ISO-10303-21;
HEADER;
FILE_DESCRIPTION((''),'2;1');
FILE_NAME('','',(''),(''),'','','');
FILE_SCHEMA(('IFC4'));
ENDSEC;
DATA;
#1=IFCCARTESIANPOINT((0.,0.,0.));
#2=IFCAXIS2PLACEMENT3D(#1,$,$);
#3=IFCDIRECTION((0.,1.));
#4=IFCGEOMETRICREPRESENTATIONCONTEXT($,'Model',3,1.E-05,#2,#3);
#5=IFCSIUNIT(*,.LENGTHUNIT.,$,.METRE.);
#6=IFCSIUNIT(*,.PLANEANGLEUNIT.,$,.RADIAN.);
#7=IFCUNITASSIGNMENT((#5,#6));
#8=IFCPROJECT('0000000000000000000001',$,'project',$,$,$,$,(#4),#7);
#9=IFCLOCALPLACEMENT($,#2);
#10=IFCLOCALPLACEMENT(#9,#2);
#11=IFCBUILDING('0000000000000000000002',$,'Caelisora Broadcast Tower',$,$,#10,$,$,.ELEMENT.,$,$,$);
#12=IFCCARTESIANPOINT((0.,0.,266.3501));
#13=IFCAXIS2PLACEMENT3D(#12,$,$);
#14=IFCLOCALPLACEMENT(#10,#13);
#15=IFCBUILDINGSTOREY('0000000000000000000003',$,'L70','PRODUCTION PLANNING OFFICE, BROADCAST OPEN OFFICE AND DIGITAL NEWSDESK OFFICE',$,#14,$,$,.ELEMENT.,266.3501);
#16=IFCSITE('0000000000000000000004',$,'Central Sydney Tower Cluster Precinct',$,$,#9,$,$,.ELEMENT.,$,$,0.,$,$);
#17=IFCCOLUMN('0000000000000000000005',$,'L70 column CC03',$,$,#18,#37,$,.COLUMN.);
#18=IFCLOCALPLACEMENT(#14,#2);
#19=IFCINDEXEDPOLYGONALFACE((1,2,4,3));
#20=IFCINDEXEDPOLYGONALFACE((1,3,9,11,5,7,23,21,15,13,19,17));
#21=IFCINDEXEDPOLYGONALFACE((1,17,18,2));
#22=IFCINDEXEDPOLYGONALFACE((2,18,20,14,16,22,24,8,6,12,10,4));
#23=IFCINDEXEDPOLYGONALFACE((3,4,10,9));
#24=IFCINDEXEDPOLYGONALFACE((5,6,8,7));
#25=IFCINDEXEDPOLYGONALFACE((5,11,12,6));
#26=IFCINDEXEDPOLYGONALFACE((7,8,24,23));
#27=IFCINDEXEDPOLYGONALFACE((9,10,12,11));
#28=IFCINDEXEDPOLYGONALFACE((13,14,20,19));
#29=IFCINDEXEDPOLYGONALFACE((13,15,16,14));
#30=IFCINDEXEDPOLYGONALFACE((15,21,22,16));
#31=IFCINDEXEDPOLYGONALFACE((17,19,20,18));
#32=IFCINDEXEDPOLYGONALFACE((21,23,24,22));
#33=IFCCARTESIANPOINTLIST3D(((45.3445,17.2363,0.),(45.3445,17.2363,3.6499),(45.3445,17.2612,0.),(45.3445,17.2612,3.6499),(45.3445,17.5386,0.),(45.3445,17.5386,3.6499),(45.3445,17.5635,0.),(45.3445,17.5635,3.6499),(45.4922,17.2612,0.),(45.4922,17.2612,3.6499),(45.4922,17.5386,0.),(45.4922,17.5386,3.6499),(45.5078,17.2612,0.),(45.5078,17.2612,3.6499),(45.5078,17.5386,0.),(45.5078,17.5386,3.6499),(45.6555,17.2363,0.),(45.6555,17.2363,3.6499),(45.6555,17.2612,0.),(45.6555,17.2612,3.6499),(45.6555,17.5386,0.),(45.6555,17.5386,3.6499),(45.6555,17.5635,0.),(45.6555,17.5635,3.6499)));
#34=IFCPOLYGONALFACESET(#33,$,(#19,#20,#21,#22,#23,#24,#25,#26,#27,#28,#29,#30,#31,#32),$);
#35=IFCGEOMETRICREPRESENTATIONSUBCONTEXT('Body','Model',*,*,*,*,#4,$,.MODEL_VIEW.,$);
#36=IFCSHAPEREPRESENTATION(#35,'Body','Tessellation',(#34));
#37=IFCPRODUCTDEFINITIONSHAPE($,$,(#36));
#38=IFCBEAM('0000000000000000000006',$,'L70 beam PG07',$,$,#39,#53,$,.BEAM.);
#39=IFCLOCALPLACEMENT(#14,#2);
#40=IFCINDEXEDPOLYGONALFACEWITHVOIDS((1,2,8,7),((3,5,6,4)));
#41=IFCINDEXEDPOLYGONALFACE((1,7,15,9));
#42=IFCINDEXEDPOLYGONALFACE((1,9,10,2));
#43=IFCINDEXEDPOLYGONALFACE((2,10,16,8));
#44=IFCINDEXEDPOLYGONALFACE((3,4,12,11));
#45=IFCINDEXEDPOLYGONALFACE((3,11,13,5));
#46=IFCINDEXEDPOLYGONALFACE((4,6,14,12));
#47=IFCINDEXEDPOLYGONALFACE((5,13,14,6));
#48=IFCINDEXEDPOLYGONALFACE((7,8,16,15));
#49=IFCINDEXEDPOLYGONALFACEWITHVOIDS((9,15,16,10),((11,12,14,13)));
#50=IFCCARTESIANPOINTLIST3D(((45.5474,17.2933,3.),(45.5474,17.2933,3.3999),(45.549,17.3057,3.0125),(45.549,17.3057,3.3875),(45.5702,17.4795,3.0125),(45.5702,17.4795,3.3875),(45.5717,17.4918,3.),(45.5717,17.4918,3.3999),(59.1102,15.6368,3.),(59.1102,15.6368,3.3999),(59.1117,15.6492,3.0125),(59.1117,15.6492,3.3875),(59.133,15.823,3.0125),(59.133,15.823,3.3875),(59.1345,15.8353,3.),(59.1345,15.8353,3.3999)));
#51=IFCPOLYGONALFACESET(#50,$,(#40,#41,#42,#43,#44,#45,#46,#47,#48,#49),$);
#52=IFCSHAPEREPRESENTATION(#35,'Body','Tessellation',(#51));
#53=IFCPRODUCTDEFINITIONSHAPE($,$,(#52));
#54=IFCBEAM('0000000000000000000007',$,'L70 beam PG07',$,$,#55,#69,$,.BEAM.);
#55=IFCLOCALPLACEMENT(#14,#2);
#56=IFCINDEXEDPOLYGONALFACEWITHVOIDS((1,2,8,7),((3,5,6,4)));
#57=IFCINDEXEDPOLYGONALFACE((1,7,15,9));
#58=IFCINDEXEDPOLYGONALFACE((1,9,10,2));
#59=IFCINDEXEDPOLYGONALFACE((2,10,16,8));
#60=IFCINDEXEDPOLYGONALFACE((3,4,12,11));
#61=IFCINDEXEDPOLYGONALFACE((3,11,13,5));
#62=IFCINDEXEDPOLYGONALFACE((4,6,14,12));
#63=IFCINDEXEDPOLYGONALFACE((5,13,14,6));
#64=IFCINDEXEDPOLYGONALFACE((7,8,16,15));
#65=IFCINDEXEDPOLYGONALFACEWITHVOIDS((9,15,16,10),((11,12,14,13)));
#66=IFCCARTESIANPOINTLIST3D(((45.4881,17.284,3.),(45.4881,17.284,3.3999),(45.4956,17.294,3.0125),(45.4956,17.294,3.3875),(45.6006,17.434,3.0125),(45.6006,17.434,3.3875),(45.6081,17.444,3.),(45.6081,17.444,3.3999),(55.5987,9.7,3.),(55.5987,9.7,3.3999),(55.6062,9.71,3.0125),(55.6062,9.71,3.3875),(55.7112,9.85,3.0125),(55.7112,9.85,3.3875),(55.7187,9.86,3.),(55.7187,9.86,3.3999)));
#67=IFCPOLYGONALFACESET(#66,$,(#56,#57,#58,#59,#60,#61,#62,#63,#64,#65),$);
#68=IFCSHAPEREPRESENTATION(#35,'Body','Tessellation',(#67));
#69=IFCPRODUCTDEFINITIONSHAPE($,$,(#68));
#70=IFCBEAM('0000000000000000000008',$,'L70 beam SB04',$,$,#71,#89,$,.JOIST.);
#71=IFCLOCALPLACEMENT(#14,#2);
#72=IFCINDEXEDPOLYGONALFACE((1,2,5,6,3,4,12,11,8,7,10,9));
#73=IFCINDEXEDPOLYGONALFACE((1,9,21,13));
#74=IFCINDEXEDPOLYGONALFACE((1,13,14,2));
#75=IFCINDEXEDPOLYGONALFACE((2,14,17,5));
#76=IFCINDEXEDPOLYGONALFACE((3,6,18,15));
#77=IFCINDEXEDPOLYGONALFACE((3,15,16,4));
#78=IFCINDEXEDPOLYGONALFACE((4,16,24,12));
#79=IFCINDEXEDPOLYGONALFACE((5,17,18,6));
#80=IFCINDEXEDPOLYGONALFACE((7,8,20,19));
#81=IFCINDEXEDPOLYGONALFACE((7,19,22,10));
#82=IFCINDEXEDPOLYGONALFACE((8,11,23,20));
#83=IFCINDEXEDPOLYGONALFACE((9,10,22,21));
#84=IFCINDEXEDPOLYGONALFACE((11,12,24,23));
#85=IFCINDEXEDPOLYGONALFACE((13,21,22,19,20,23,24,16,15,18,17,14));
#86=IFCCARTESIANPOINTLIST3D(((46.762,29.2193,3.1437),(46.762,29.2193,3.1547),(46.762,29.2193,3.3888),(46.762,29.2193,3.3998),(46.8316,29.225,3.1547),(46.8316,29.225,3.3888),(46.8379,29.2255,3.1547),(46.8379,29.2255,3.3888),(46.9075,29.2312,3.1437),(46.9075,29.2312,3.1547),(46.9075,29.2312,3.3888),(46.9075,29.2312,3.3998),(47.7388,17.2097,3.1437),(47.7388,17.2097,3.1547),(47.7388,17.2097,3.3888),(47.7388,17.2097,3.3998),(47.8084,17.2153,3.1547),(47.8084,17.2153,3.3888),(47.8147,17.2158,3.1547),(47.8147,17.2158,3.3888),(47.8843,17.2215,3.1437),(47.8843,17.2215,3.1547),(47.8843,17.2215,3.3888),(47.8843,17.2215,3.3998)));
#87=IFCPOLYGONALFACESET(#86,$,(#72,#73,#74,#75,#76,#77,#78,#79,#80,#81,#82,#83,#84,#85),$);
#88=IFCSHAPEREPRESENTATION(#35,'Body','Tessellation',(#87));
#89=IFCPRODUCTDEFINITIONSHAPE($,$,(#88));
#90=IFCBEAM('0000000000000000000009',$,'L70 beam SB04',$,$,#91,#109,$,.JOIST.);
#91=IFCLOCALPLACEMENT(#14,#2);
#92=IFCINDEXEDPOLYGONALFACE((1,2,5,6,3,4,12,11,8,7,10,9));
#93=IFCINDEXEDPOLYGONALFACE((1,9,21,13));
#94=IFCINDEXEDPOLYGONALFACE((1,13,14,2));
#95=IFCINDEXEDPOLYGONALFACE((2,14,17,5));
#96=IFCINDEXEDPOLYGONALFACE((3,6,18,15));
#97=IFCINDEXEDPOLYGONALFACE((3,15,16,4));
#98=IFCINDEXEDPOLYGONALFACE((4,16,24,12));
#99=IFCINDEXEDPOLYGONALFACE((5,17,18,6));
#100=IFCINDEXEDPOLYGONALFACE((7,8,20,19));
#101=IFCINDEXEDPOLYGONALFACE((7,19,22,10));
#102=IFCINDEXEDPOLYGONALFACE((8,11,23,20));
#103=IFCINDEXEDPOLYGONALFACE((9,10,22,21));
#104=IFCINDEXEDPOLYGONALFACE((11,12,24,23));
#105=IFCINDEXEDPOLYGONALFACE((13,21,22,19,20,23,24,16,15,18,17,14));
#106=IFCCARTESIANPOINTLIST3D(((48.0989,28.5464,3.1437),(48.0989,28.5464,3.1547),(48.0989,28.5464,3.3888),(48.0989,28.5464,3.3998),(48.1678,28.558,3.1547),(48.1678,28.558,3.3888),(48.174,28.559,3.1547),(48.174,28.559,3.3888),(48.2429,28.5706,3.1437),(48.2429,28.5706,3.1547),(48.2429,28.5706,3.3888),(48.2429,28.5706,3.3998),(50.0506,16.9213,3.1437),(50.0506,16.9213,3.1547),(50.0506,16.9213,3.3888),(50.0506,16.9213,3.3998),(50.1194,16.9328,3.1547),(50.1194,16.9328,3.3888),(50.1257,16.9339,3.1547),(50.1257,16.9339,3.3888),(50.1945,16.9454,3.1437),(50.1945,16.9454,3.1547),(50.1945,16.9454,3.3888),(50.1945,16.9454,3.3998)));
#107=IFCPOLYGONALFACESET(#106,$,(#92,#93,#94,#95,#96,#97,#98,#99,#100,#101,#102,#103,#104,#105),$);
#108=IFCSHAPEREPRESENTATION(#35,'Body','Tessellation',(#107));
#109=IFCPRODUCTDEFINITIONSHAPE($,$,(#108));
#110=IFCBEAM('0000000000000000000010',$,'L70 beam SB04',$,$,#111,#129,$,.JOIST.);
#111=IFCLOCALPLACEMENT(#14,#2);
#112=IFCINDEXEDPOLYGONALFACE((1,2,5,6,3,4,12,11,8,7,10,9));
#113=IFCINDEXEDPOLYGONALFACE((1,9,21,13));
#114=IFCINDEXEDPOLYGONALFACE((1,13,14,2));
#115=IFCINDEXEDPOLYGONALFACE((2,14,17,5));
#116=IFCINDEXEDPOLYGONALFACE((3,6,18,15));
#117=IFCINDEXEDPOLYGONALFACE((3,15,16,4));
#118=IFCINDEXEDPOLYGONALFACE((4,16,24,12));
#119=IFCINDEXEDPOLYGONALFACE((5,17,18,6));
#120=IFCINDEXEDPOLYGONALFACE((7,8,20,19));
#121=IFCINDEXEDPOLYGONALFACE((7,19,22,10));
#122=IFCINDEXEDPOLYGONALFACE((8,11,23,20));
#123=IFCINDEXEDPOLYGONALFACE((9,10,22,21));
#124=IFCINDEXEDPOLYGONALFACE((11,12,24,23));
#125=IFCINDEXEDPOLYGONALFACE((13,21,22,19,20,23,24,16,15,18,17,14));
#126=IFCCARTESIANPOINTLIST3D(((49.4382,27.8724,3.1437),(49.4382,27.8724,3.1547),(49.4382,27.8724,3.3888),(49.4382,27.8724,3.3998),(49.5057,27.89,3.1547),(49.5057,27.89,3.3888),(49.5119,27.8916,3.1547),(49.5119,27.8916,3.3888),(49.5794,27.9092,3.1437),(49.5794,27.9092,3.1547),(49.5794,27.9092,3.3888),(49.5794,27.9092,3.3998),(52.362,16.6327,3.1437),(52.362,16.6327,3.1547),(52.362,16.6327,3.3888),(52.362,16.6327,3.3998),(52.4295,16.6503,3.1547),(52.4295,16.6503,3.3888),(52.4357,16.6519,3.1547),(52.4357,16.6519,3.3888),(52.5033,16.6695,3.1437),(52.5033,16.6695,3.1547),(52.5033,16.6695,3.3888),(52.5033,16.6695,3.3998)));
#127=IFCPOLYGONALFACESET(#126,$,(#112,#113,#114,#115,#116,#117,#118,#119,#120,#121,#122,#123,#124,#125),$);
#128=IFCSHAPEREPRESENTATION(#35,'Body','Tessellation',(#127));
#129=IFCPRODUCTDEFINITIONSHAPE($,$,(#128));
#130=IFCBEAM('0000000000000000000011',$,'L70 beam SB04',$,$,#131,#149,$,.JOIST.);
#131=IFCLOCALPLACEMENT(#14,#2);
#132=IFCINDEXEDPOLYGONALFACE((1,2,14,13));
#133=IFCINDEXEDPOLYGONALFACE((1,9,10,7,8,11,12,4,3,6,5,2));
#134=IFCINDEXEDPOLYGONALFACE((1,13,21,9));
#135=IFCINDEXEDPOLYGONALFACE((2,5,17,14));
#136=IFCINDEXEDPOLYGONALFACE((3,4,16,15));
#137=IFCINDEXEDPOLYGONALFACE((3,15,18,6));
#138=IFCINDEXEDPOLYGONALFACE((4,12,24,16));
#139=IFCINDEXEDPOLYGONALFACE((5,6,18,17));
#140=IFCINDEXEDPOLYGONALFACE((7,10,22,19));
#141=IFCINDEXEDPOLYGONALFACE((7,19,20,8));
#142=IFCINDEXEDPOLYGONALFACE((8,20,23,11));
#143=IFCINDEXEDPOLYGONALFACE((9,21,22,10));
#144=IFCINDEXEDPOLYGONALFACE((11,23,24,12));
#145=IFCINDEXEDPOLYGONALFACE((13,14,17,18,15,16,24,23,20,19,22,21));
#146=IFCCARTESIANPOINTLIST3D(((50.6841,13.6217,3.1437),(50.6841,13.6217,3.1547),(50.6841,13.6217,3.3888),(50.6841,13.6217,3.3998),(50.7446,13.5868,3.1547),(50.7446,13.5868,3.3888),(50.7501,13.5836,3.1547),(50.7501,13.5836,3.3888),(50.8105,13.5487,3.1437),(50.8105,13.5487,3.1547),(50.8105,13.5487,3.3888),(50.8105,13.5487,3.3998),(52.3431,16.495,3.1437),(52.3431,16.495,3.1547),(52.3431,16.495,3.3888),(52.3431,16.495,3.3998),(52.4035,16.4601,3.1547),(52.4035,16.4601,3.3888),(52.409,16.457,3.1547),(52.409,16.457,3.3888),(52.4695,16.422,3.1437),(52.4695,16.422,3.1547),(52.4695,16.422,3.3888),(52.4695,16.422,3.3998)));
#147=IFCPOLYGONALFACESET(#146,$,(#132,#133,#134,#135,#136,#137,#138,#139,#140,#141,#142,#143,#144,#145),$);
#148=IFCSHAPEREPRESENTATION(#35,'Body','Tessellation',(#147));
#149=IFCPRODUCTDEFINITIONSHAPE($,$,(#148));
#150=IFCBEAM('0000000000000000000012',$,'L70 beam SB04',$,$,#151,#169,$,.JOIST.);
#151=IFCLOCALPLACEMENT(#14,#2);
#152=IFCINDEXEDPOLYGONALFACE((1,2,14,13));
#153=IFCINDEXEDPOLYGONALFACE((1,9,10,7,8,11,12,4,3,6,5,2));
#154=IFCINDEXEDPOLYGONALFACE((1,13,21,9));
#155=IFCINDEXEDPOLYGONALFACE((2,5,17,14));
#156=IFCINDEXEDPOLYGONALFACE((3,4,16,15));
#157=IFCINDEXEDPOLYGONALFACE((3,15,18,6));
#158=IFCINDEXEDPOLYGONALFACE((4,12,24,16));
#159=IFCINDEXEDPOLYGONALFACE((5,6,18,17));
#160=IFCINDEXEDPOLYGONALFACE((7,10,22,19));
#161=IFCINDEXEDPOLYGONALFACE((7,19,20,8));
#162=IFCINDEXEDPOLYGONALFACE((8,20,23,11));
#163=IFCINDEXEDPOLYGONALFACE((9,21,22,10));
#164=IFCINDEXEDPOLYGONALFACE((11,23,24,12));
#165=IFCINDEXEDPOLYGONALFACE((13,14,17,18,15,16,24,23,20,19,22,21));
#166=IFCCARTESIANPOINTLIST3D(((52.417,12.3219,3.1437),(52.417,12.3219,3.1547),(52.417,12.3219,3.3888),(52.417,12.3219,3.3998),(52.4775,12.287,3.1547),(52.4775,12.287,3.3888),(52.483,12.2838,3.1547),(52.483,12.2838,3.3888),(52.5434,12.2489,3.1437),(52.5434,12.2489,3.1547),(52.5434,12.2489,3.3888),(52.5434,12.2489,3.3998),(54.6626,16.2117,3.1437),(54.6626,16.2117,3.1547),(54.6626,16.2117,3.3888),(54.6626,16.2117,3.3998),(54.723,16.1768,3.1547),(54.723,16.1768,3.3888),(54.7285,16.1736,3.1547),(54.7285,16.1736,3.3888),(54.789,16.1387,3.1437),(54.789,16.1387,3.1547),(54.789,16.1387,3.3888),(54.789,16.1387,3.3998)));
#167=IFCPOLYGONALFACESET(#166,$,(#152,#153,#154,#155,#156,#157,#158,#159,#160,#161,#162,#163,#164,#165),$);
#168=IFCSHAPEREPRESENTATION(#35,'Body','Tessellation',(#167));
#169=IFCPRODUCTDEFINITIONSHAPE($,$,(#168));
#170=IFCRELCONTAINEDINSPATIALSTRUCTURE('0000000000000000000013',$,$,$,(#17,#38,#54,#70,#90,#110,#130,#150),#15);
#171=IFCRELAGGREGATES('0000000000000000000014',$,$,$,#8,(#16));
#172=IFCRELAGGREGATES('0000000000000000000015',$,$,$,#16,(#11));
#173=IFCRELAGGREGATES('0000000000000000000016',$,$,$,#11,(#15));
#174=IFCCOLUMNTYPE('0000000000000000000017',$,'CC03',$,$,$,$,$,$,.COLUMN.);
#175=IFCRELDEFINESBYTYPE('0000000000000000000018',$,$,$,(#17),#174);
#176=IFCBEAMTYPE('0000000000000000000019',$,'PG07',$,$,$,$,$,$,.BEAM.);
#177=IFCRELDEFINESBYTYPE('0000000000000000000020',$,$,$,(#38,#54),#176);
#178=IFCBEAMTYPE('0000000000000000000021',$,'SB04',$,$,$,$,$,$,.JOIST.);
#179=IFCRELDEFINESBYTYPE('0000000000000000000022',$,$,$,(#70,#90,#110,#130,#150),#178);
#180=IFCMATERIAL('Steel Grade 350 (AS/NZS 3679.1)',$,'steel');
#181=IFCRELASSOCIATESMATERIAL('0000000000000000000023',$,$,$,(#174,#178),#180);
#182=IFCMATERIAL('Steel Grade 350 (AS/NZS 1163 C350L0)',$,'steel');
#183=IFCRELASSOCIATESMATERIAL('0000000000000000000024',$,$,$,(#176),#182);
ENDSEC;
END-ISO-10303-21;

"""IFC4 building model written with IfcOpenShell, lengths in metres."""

from ifc_helpers import new_model, si_unit, direction, frame, origin, origin_2d, place, context, subcontext, project, spatial, hollow_rectangle, i_section, extrude, source, transform, mapped, material, material_profile, profile_set, type_object, type_shapes, element, save


model = new_model("IFC4")

# Units and contexts
model_context = context("Model", 3, precision=1e-05, world=origin(), true_north=direction((0.0, 1.0)))
body_context = subcontext(model_context, "Body", "Model", "MODEL_VIEW")
ifc_project = project(units=[si_unit("LENGTHUNIT", "METRE"), si_unit("PLANEANGLEUNIT", "RADIAN")], contexts=[model_context])

# Site, building, storey
site_placement = place(None, origin())
site = spatial("IfcSite", under=ifc_project, at=site_placement, Name="Central Sydney Tower Cluster Precinct", CompositionType="ELEMENT", RefElevation=0.0)
building_placement = place(site_placement, origin())
building = spatial("IfcBuilding", under=site, at=building_placement, Name="Caelisora Broadcast Tower", CompositionType="ELEMENT")
storey_placement = place(building_placement, frame((0.0, 0.0, 266.3501)))
storey = spatial("IfcBuildingStorey", under=building, at=storey_placement, Name="L70", Description="PRODUCTION PLANNING OFFICE, BROADCAST OPEN OFFICE AND DIGITAL NEWSDESK OFFICE", CompositionType="ELEMENT", Elevation=266.3501)

# Column
ifc_material_1 = material(Name="Steel Grade 350 (AS/NZS 3679.1)", Category="steel")
ifc_material_profile_1 = material_profile(ifc_material_1, i_section(OverallWidth=0.311, OverallDepth=0.3271, WebThickness=0.0156, FlangeThickness=0.0249, at=origin_2d()), Name="Steel Grade 350 (AS/NZS 3679.1)")
ifc_profile_set_1 = profile_set([ifc_material_profile_1], Name="Steel Grade 350 (AS/NZS 3679.1)")
column_type = type_object("IfcColumnType", Name="CC03", PredefinedType="COLUMN", material=ifc_profile_set_1)
shared_shape_1 = source(origin(), body_context, "Body", "SweptSolid", [
    extrude(i_section(OverallWidth=0.311, OverallDepth=0.3271, WebThickness=0.0156, FlangeThickness=0.0249, at=origin_2d()), origin(), (0.0, 0.0, 1.0), 3.6499),
])
type_shapes(column_type, [shared_shape_1])
column_placement = place(storey_placement, frame((45.5, 17.3999, 0.0), z_axis=(0.0, 0.0, 1.0), x_axis=(1.0, 0.0, 0.0)))
element("IfcColumn", 1, at=column_placement, inside=storey, type_object=column_type, Name="L70 column CC03", PredefinedType="COLUMN", context=body_context, shape_type="MappedRepresentation", body=[
    mapped(shared_shape_1, transform((0.0, 0.0, 0.0), scale=1.0)),
])

# Beams
ifc_material_2 = material(Name="Steel Grade 350 (AS/NZS 1163 C350L0)", Category="steel")
ifc_material_profile_2 = material_profile(ifc_material_2, hollow_rectangle(XDim=0.2, YDim=0.3999, WallThickness=0.0125, at=origin_2d()), Name="Steel Grade 350 (AS/NZS 1163 C350L0)")
ifc_profile_set_2 = profile_set([ifc_material_profile_2], Name="Steel Grade 350 (AS/NZS 1163 C350L0)")
beam_type_1 = type_object("IfcBeamType", Name="PG07", PredefinedType="BEAM", material=ifc_profile_set_2)
shared_shape_2 = source(origin(), body_context, "Body", "SweptSolid", [
    extrude(hollow_rectangle(XDim=0.2, YDim=0.3999, WallThickness=0.0125, at=origin_2d()), origin(), (0.0, 0.0, 1.0), 13.6636),
])
beam_1_placement = place(storey_placement, frame((45.5596, 17.3926, 3.2), z_axis=(0.992624, -0.121235, 0.0), x_axis=(0.121235, 0.992624, 0.0)))
element("IfcBeam", 2, at=beam_1_placement, inside=storey, type_object=beam_type_1, Name="L70 beam PG07", PredefinedType="BEAM", context=body_context, shape_type="MappedRepresentation", body=[
    mapped(shared_shape_2, transform((0.0, 0.0, 0.0), scale=1.0)),
])
shared_shape_3 = source(origin(), body_context, "Body", "SweptSolid", [
    extrude(hollow_rectangle(XDim=0.2, YDim=0.3999, WallThickness=0.0125, at=origin_2d()), origin(), (0.0, 0.0, 1.0), 12.6389),
])
type_shapes(beam_type_1, [shared_shape_2, shared_shape_3])
beam_2_placement = place(storey_placement, frame((45.5481, 17.364, 3.2), z_axis=(0.799961, -0.600053, 0.0), x_axis=(0.600053, 0.799961, 0.0)))
element("IfcBeam", 3, at=beam_2_placement, inside=storey, type_object=beam_type_1, Name="L70 beam PG07", PredefinedType="BEAM", context=body_context, shape_type="MappedRepresentation", body=[
    mapped(shared_shape_3, transform((0.0, 0.0, 0.0), scale=1.0)),
])
ifc_material_profile_3 = material_profile(ifc_material_1, i_section(OverallWidth=0.146, OverallDepth=0.2561, WebThickness=0.0063, FlangeThickness=0.011, at=origin_2d()), Name="Steel Grade 350 (AS/NZS 3679.1)")
ifc_profile_set_3 = profile_set([ifc_material_profile_3], Name="Steel Grade 350 (AS/NZS 3679.1)")
beam_type_2 = type_object("IfcBeamType", Name="SB04", PredefinedType="JOIST", material=ifc_profile_set_3)
shared_shape_4 = source(origin(), body_context, "Body", "SweptSolid", [
    extrude(i_section(OverallWidth=0.146, OverallDepth=0.2561, WebThickness=0.0063, FlangeThickness=0.011, at=origin_2d()), origin(), (0.0, 0.0, 1.0), 12.0493),
])
beam_3_placement = place(storey_placement, frame((47.8115, 17.2156, 3.2717), z_axis=(-0.081067, 0.996709, 0.0), x_axis=(-0.996709, -0.081067, 0.0)))
element("IfcBeam", 4, at=beam_3_placement, inside=storey, type_object=beam_type_2, Name="L70 beam SB04", PredefinedType="JOIST", context=body_context, shape_type="MappedRepresentation", body=[
    mapped(shared_shape_4, transform((0.0, 0.0, 0.0), scale=1.0)),
])
shared_shape_5 = source(origin(), body_context, "Body", "SweptSolid", [
    extrude(i_section(OverallWidth=0.146, OverallDepth=0.2561, WebThickness=0.0063, FlangeThickness=0.011, at=origin_2d()), origin(), (0.0, 0.0, 1.0), 11.7878),
])
beam_4_placement = place(storey_placement, frame((50.1226, 16.9333, 3.2717), z_axis=(-0.165564, 0.986199, 0.0), x_axis=(-0.986199, -0.165564, 0.0)))
element("IfcBeam", 5, at=beam_4_placement, inside=storey, type_object=beam_type_2, Name="L70 beam SB04", PredefinedType="JOIST", context=body_context, shape_type="MappedRepresentation", body=[
    mapped(shared_shape_5, transform((0.0, 0.0, 0.0), scale=1.0)),
])
shared_shape_6 = source(origin(), body_context, "Body", "SweptSolid", [
    extrude(i_section(OverallWidth=0.146, OverallDepth=0.2561, WebThickness=0.0063, FlangeThickness=0.011, at=origin_2d()), origin(), (0.0, 0.0, 1.0), 11.6138),
])
beam_5_placement = place(storey_placement, frame((52.4326, 16.6511, 3.2717), z_axis=(-0.251754, 0.967791, 0.0), x_axis=(-0.967791, -0.251754, 0.0)))
element("IfcBeam", 6, at=beam_5_placement, inside=storey, type_object=beam_type_2, Name="L70 beam SB04", PredefinedType="JOIST", context=body_context, shape_type="MappedRepresentation", body=[
    mapped(shared_shape_6, transform((0.0, 0.0, 0.0), scale=1.0)),
])
shared_shape_7 = source(origin(), body_context, "Body", "SweptSolid", [
    extrude(i_section(OverallWidth=0.146, OverallDepth=0.2561, WebThickness=0.0063, FlangeThickness=0.011, at=origin_2d()), origin(), (0.0, 0.0, 1.0), 3.3179),
])
beam_6_placement = place(storey_placement, frame((50.7473, 13.5852, 3.2717), z_axis=(0.500009, 0.86602, 0.0), x_axis=(-0.86602, 0.500009, 0.0)))
element("IfcBeam", 7, at=beam_6_placement, inside=storey, type_object=beam_type_2, Name="L70 beam SB04", PredefinedType="JOIST", context=body_context, shape_type="MappedRepresentation", body=[
    mapped(shared_shape_7, transform((0.0, 0.0, 0.0), scale=1.0)),
])
shared_shape_8 = source(origin(), body_context, "Body", "SweptSolid", [
    extrude(i_section(OverallWidth=0.146, OverallDepth=0.2561, WebThickness=0.0063, FlangeThickness=0.011, at=origin_2d()), origin(), (0.0, 0.0, 1.0), 4.4915),
])
type_shapes(beam_type_2, [shared_shape_4, shared_shape_5, shared_shape_6, shared_shape_7, shared_shape_8])
beam_7_placement = place(storey_placement, frame((52.4802, 12.2854, 3.2717), z_axis=(0.499962, 0.866047, 0.0), x_axis=(-0.866047, 0.499962, 0.0)))
element("IfcBeam", 8, at=beam_7_placement, inside=storey, type_object=beam_type_2, Name="L70 beam SB04", PredefinedType="JOIST", context=body_context, shape_type="MappedRepresentation", body=[
    mapped(shared_shape_8, transform((0.0, 0.0, 0.0), scale=1.0)),
])

save(model, "model.ifc")
